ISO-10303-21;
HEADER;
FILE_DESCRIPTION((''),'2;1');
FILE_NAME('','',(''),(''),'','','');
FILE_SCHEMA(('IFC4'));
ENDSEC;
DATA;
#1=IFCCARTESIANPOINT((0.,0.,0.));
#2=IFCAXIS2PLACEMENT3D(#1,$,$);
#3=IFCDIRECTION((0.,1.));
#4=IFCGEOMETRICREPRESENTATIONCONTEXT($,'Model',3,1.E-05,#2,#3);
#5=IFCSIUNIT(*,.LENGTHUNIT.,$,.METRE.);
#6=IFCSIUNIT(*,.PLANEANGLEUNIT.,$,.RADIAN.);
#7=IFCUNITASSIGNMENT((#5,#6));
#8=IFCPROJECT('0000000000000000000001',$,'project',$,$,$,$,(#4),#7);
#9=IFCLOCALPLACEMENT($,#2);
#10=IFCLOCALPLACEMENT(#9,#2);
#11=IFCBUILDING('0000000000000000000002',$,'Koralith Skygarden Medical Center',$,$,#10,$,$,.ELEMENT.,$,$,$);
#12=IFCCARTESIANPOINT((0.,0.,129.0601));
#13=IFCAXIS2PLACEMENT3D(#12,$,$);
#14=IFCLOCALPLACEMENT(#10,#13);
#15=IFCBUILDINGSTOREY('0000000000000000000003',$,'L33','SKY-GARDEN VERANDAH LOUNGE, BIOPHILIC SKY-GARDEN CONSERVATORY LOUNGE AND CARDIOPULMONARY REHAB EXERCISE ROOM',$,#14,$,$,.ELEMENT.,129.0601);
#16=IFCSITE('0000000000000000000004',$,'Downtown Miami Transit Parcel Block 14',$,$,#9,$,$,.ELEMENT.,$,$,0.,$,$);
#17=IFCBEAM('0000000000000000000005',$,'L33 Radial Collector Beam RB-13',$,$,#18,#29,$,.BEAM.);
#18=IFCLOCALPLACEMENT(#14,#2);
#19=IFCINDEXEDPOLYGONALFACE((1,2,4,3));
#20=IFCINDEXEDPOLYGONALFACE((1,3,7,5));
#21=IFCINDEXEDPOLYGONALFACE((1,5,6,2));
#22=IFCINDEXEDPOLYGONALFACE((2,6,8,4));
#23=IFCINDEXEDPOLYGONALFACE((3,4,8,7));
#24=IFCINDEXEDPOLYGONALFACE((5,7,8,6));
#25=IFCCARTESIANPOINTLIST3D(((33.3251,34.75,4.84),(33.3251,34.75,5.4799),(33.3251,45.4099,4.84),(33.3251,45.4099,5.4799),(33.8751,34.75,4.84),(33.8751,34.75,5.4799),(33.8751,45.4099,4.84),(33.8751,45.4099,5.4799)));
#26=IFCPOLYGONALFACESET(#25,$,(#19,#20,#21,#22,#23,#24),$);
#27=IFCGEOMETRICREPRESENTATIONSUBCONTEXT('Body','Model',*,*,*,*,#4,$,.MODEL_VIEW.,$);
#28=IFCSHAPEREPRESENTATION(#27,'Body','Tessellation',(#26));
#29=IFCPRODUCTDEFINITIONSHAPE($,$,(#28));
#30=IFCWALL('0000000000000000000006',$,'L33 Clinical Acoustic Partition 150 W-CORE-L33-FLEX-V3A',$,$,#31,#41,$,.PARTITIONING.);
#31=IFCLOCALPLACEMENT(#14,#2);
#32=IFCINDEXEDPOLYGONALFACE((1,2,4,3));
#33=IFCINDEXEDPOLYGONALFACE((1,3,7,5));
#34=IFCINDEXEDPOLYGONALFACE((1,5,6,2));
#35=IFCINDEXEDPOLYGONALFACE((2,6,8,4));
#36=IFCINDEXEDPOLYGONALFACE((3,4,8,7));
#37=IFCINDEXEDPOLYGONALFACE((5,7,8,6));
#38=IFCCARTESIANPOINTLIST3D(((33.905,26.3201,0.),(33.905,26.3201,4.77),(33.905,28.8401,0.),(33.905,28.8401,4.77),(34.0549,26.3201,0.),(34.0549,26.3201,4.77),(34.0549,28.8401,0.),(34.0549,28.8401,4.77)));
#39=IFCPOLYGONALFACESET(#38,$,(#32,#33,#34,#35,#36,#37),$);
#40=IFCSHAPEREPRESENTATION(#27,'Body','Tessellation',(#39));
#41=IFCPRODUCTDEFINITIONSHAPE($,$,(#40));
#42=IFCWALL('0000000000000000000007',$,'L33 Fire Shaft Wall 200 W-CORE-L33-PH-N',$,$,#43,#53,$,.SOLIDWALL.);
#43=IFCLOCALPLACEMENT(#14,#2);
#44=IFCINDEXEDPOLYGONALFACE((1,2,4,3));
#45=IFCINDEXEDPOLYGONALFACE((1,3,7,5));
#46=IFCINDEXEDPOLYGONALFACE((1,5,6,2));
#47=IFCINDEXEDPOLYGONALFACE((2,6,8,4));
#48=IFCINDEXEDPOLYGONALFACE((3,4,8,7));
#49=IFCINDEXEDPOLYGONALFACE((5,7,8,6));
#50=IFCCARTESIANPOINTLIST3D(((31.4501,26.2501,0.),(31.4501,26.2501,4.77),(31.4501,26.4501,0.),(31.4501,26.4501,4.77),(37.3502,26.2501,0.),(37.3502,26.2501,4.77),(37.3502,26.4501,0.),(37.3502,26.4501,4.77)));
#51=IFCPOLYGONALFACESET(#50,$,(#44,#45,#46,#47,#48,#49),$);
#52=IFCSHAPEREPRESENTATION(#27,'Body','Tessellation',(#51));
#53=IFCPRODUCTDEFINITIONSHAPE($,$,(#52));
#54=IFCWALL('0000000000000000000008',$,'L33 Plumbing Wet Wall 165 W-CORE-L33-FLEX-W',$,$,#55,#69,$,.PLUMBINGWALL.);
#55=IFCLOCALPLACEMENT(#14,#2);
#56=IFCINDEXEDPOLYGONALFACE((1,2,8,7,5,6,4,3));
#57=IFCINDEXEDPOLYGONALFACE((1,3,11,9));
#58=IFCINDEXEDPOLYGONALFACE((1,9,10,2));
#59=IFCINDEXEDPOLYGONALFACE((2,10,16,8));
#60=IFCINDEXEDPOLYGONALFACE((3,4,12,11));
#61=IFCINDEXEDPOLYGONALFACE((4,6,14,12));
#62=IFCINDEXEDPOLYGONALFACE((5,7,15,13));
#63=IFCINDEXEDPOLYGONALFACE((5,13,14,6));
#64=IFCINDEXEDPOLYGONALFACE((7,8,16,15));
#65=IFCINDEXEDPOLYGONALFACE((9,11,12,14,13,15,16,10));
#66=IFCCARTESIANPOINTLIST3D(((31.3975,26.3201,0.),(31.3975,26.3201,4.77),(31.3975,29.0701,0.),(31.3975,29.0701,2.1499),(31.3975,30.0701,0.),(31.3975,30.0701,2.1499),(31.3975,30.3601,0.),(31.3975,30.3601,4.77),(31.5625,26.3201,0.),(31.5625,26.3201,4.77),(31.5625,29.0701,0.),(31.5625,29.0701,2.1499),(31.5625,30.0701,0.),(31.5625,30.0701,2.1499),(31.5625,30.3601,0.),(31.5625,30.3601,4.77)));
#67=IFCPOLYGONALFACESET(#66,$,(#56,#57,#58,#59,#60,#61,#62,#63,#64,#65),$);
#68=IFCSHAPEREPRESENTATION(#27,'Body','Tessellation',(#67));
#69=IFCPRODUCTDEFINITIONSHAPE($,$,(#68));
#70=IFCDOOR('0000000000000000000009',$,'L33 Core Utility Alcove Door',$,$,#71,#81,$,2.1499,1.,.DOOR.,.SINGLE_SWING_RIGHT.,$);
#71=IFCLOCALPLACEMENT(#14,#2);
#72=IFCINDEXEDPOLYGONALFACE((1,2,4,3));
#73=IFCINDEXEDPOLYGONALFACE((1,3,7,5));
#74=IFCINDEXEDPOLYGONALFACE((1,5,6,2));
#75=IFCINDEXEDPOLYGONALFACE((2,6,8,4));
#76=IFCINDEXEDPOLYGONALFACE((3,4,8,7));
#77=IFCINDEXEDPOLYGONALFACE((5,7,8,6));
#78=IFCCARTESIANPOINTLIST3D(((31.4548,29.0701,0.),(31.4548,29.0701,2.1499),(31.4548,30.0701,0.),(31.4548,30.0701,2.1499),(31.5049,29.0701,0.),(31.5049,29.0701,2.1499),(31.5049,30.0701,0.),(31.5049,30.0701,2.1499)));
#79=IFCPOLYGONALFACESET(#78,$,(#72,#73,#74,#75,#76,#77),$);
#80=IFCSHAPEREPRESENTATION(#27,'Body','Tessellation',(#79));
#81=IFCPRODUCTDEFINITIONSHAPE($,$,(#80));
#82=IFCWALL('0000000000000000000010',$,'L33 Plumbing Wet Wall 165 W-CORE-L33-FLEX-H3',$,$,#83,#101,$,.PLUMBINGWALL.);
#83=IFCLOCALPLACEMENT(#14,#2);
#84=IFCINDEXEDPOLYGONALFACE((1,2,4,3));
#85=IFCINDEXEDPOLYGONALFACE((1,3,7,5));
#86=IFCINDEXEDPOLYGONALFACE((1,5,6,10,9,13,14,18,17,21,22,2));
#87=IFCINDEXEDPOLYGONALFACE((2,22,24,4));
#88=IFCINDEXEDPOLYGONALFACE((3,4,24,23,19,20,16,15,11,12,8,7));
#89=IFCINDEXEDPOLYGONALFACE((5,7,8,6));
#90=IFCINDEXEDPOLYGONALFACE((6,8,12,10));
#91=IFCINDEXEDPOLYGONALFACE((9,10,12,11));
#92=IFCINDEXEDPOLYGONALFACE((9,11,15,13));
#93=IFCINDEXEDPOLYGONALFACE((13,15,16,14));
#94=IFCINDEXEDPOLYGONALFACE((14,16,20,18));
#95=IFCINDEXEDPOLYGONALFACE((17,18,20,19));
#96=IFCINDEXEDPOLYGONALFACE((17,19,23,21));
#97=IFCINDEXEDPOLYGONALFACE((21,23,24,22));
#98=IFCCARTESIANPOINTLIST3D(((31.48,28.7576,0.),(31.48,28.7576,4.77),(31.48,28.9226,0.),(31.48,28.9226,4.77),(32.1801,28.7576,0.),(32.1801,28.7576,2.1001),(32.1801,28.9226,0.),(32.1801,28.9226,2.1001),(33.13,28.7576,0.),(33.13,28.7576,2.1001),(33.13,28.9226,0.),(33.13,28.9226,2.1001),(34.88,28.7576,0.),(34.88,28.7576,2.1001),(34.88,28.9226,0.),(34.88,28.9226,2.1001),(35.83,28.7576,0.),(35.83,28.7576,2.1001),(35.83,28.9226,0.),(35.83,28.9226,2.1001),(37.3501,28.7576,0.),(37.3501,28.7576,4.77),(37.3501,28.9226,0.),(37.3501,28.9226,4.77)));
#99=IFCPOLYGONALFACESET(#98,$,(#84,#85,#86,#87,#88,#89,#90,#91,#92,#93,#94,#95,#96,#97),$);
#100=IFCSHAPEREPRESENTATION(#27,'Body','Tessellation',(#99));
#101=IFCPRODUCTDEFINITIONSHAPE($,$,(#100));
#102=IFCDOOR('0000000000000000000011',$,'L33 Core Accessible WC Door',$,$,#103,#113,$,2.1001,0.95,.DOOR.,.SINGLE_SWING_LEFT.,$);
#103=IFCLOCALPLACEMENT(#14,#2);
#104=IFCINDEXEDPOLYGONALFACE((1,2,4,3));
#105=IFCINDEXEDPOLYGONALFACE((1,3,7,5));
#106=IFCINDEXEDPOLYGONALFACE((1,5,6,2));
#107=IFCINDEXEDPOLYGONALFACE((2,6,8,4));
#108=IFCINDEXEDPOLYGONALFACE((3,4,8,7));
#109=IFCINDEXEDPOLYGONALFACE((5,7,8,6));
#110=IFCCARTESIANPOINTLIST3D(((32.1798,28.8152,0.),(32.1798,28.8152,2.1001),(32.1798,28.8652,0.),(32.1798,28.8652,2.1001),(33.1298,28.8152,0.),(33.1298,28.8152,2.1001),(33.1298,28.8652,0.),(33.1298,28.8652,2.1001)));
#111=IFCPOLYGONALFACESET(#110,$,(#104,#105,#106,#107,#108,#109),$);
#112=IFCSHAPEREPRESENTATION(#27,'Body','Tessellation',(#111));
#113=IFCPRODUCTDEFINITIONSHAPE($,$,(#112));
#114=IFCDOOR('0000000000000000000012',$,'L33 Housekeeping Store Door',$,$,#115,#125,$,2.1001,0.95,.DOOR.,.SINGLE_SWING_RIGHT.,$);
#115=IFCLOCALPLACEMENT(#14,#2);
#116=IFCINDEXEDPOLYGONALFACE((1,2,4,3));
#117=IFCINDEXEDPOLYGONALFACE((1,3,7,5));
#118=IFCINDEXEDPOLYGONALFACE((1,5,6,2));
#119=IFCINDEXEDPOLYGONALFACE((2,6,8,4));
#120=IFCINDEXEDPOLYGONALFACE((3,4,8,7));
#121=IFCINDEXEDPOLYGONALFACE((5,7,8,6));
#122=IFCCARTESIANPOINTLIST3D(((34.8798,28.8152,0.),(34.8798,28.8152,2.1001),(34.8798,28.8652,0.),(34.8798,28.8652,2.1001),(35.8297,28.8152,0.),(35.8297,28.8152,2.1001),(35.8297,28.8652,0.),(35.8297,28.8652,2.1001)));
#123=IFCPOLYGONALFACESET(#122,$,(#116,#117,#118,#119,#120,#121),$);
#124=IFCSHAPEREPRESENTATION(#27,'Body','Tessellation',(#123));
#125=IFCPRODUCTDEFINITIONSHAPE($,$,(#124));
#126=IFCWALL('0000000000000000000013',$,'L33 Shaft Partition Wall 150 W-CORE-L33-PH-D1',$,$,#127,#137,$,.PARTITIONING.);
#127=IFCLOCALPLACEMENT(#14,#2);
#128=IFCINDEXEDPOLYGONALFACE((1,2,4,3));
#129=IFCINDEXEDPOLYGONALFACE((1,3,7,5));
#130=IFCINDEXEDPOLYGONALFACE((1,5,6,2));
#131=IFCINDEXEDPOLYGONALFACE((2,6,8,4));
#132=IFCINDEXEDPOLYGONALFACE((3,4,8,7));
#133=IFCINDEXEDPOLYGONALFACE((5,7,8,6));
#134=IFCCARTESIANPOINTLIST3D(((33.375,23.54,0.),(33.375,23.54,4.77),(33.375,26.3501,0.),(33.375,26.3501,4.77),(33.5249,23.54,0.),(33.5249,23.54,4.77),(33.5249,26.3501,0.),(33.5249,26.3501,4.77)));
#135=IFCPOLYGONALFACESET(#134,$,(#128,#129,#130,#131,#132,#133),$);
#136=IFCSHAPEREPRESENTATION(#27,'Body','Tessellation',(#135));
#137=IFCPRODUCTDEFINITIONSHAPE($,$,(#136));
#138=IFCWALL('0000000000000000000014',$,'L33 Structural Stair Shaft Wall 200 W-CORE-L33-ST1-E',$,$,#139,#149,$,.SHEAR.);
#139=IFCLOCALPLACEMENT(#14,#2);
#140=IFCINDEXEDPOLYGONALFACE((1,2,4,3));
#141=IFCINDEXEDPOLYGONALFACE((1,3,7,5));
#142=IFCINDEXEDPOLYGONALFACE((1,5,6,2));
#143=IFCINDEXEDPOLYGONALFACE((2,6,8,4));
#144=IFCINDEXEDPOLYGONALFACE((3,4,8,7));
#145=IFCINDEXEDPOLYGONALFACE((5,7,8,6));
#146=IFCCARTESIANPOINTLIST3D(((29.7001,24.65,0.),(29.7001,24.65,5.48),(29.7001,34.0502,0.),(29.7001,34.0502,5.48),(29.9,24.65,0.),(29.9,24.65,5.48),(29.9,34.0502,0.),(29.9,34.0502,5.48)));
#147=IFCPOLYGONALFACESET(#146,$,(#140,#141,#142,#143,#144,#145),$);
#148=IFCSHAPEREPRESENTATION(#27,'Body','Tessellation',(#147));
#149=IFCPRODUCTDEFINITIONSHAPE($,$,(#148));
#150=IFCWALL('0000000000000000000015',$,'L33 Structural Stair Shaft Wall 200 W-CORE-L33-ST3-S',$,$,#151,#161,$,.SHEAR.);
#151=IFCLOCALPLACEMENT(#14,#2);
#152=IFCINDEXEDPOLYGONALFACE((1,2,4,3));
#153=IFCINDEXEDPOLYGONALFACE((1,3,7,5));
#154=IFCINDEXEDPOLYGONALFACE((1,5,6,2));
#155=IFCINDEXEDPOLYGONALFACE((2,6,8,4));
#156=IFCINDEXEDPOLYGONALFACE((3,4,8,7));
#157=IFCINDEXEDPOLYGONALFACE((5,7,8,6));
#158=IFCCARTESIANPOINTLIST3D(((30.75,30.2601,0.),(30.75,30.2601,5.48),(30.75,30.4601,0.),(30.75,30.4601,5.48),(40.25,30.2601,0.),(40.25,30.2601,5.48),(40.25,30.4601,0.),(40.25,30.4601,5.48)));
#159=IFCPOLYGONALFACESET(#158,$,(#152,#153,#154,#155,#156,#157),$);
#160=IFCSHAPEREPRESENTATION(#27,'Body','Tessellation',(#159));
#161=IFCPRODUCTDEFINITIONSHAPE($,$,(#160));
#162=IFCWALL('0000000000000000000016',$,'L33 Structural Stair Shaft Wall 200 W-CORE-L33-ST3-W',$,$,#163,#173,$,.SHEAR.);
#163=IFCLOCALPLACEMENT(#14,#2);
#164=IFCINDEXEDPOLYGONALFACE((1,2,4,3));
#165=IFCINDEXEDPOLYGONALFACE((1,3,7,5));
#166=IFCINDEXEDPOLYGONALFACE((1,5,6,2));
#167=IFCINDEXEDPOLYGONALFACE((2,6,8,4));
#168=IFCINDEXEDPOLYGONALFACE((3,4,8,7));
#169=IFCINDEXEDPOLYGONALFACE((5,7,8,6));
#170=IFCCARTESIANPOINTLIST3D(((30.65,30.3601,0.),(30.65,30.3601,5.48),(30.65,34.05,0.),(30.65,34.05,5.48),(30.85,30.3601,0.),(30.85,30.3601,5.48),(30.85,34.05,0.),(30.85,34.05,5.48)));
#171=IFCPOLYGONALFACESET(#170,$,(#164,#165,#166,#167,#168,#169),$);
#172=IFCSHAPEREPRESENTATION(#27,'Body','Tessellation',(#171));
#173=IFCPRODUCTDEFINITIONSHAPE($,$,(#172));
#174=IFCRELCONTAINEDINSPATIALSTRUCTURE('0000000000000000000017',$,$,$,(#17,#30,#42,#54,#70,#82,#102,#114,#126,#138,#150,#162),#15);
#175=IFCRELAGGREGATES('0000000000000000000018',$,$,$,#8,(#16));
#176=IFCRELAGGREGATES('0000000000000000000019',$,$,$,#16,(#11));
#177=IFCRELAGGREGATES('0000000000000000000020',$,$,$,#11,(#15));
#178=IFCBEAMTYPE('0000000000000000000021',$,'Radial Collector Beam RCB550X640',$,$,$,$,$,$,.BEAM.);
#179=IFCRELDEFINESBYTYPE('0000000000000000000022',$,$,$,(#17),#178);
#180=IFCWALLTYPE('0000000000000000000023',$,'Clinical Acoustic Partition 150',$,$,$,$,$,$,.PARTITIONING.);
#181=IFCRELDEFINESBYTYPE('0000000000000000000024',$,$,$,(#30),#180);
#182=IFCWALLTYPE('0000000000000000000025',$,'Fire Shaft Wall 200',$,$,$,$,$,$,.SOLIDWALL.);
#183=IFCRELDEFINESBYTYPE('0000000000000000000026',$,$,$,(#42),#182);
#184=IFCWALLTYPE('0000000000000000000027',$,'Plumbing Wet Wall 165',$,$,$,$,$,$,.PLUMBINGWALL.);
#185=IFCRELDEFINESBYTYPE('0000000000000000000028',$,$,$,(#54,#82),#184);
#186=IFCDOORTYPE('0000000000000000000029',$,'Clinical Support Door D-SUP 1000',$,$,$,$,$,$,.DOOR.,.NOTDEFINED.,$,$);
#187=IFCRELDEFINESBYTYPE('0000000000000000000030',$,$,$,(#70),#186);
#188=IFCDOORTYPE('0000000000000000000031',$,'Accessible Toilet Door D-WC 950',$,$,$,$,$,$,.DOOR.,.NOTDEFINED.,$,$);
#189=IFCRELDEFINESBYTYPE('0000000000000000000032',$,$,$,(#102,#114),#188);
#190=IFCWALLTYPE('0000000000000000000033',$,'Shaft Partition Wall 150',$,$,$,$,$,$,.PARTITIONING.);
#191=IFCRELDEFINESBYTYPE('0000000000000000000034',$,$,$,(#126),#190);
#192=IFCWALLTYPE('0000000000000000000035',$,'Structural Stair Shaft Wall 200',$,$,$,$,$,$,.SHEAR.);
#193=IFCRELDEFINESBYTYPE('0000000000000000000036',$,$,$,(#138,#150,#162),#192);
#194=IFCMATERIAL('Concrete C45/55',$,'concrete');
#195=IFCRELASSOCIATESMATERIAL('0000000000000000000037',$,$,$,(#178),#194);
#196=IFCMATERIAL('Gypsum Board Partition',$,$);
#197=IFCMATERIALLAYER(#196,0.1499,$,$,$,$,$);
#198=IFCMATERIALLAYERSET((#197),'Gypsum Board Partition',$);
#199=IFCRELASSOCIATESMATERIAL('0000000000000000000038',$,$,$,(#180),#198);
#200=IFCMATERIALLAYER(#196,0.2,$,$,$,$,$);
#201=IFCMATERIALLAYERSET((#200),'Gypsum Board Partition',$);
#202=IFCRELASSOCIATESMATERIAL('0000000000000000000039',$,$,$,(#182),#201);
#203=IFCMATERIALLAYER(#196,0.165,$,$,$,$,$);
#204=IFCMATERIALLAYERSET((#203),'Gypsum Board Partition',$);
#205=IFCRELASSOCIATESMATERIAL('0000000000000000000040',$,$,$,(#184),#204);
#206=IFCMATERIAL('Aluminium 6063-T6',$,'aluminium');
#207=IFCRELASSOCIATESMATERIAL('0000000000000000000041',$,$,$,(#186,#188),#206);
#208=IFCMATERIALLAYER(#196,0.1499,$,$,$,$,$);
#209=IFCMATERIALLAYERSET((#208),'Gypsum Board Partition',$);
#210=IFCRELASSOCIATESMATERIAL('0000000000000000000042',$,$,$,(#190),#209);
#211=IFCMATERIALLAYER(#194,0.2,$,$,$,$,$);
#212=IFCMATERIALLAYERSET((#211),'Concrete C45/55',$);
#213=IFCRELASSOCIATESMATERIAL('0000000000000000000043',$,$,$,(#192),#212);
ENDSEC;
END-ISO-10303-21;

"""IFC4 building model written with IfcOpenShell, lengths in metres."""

from ifc_helpers import new_model, si_unit, direction, frame, frame_2d, origin, origin_2d, place, context, subcontext, project, spatial, rectangle, extrude, material, layer, layer_set, material_profile, profile_set, type_object, element, fill, save


model = new_model("IFC4")

# Units and contexts
model_context = context("Model", 3, precision=1e-05, world=origin(), true_north=direction((0.0, 1.0)))
body_context = subcontext(model_context, "Body", "Model", "MODEL_VIEW")
ifc_project = project(units=[si_unit("LENGTHUNIT", "METRE"), si_unit("PLANEANGLEUNIT", "RADIAN")], contexts=[model_context])

# Site, building, storey
site_placement = place(None, origin())
site = spatial("IfcSite", under=ifc_project, at=site_placement, Name="Downtown Miami Transit Parcel Block 14", CompositionType="ELEMENT", RefElevation=0.0)
building_placement = place(site_placement, origin())
building = spatial("IfcBuilding", under=site, at=building_placement, Name="Koralith Skygarden Medical Center", CompositionType="ELEMENT")
storey_placement = place(building_placement, frame((0.0, 0.0, 129.0601)))
storey = spatial("IfcBuildingStorey", under=building, at=storey_placement, Name="L33", Description="SKY-GARDEN VERANDAH LOUNGE, BIOPHILIC SKY-GARDEN CONSERVATORY LOUNGE AND CARDIOPULMONARY REHAB EXERCISE ROOM", CompositionType="ELEMENT", Elevation=129.0601)

# Beam
ifc_material_1 = material(Name="Concrete C45/55", Category="concrete")
ifc_material_profile = material_profile(ifc_material_1, rectangle(XDim=0.55, YDim=0.6399, at=origin_2d()), Name="RCB550X640")
ifc_profile_set = profile_set([ifc_material_profile], Name="Concrete C45/55")
beam_type = type_object("IfcBeamType", Name="Radial Collector Beam RCB550X640", PredefinedType="BEAM", material=ifc_profile_set)
beam_placement = place(storey_placement, frame((33.6001, 34.75, 5.1599), z_axis=(0.0, 1.0, 0.0), x_axis=(-1.0, 0.0, 0.0)))
element("IfcBeam", 1, at=beam_placement, inside=storey, type_object=beam_type, Name="L33 Radial Collector Beam RB-13", PredefinedType="BEAM", context=body_context, shape_type="SweptSolid", body=[
    extrude(rectangle(XDim=0.55, YDim=0.6399, at=origin_2d()), origin(), (0.0, 0.0, 1.0), 10.6599),
])

# Walls
ifc_material_2 = material(Name="Gypsum Board Partition")
ifc_layer_1 = layer(ifc_material_2, 0.1499)
ifc_layer_set_1 = layer_set([ifc_layer_1], Name="Gypsum Board Partition")
wall_type_1 = type_object("IfcWallType", Name="Clinical Acoustic Partition 150", PredefinedType="PARTITIONING", material=ifc_layer_set_1)
wall_1_placement = place(storey_placement, frame((33.98, 26.3201, 0.0), z_axis=(0.0, 0.0, 1.0), x_axis=(0.0, 1.0, 0.0)))
element("IfcWall", 2, at=wall_1_placement, inside=storey, type_object=wall_type_1, Name="L33 Clinical Acoustic Partition 150 W-CORE-L33-FLEX-V3A", PredefinedType="PARTITIONING", context=body_context, shape_type="SweptSolid", body=[
    extrude(rectangle(XDim=2.52, YDim=0.1499, at=frame_2d((1.26, 0.0))), origin(), (0.0, 0.0, 1.0), 4.77),
])
ifc_layer_2 = layer(ifc_material_2, 0.2)
ifc_layer_set_2 = layer_set([ifc_layer_2], Name="Gypsum Board Partition")
wall_type_2 = type_object("IfcWallType", Name="Fire Shaft Wall 200", PredefinedType="SOLIDWALL", material=ifc_layer_set_2)
wall_2_placement = place(storey_placement, frame((31.45, 26.3501, 0.0), z_axis=(0.0, 0.0, 1.0), x_axis=(1.0, 0.0, 0.0)))
element("IfcWall", 3, at=wall_2_placement, inside=storey, type_object=wall_type_2, Name="L33 Fire Shaft Wall 200 W-CORE-L33-PH-N", PredefinedType="SOLIDWALL", context=body_context, shape_type="SweptSolid", body=[
    extrude(rectangle(XDim=5.9001, YDim=0.2, at=frame_2d((2.9502, 0.0))), origin(), (0.0, 0.0, 1.0), 4.77),
])

# Wall, opening, door
ifc_layer_3 = layer(ifc_material_2, 0.165)
ifc_layer_set_3 = layer_set([ifc_layer_3], Name="Gypsum Board Partition")
wall_type_3 = type_object("IfcWallType", Name="Plumbing Wet Wall 165", PredefinedType="PLUMBINGWALL", material=ifc_layer_set_3)
wall_3_placement = place(storey_placement, frame((31.48, 26.3201, 0.0), z_axis=(0.0, 0.0, 1.0), x_axis=(0.0, 1.0, 0.0)))
wall_3 = element("IfcWall", 4, at=wall_3_placement, inside=storey, type_object=wall_type_3, Name="L33 Plumbing Wet Wall 165 W-CORE-L33-FLEX-W", PredefinedType="PLUMBINGWALL", context=body_context, shape_type="SweptSolid", body=[
    extrude(rectangle(XDim=4.04, YDim=0.165, at=frame_2d((2.02, 0.0))), origin(), (0.0, 0.0, 1.0), 4.77),
])
opening_1_placement = place(wall_3_placement, frame((2.75, 0.0, 0.0)))
opening_1 = element("IfcOpeningElement", 5, at=opening_1_placement, cuts=wall_3, PredefinedType="OPENING", context=body_context, shape_type="SweptSolid", body=[
    extrude(rectangle(XDim=1.0, YDim=2.1499, at=frame_2d((0.5, 1.075))), frame((0.0, 0.0925, 0.0), z_axis=(0.0, -1.0, 0.0), x_axis=(1.0, 0.0, 0.0)), (0.0, 0.0, 1.0), 0.1851),
])
ifc_material_3 = material(Name="Aluminium 6063-T6", Category="aluminium")
door_type_1 = type_object("IfcDoorType", Name="Clinical Support Door D-SUP 1000", OperationType="NOTDEFINED", PredefinedType="DOOR", material=ifc_material_3)
door_1_placement = place(opening_1_placement, frame((1.0, 0.0, 0.0), z_axis=(0.0, 0.0, 1.0), x_axis=(-1.0, 0.0, 0.0)))
door_1 = element("IfcDoor", 6, at=door_1_placement, inside=storey, type_object=door_type_1, Name="L33 Core Utility Alcove Door", OperationType="SINGLE_SWING_RIGHT", OverallHeight=2.1499, OverallWidth=1.0, PredefinedType="DOOR", context=body_context, shape_type="SweptSolid", body=[
    extrude(rectangle(XDim=1.0, YDim=2.1499, at=frame_2d((0.5, 1.075))), frame((0.0, 0.0249, 0.0), z_axis=(0.0, -1.0, 0.0), x_axis=(1.0, 0.0, 0.0)), (0.0, 0.0, 1.0), 0.05),
])
fill(opening_1, door_1)

# Wall, openings, doors
wall_4_placement = place(storey_placement, frame((31.48, 28.8401, 0.0), z_axis=(0.0, 0.0, 1.0), x_axis=(1.0, 0.0, 0.0)))
wall_4 = element("IfcWall", 7, at=wall_4_placement, inside=storey, type_object=wall_type_3, Name="L33 Plumbing Wet Wall 165 W-CORE-L33-FLEX-H3", PredefinedType="PLUMBINGWALL", context=body_context, shape_type="SweptSolid", body=[
    extrude(rectangle(XDim=5.8701, YDim=0.165, at=frame_2d((2.9351, 0.0))), origin(), (0.0, 0.0, 1.0), 4.77),
])
opening_2_placement = place(wall_4_placement, frame((0.7, 0.0, 0.0)))
opening_2 = element("IfcOpeningElement", 8, at=opening_2_placement, cuts=wall_4, PredefinedType="OPENING", context=body_context, shape_type="SweptSolid", body=[
    extrude(rectangle(XDim=0.95, YDim=2.1001, at=frame_2d((0.4751, 1.05))), frame((0.0, 0.0925, 0.0), z_axis=(0.0, -1.0, 0.0), x_axis=(1.0, 0.0, 0.0)), (0.0, 0.0, 1.0), 0.1851),
])
opening_3_placement = place(wall_4_placement, frame((3.3999, 0.0, 0.0)))
opening_3 = element("IfcOpeningElement", 9, at=opening_3_placement, cuts=wall_4, PredefinedType="OPENING", context=body_context, shape_type="SweptSolid", body=[
    extrude(rectangle(XDim=0.95, YDim=2.1001, at=frame_2d((0.4751, 1.05))), frame((0.0, 0.0925, 0.0), z_axis=(0.0, -1.0, 0.0), x_axis=(1.0, 0.0, 0.0)), (0.0, 0.0, 1.0), 0.1851),
])
door_type_2 = type_object("IfcDoorType", Name="Accessible Toilet Door D-WC 950", OperationType="NOTDEFINED", PredefinedType="DOOR", material=ifc_material_3)
door_2_placement = place(opening_2_placement, frame((0.95, 0.0, 0.0), z_axis=(0.0, 0.0, 1.0), x_axis=(-1.0, 0.0, 0.0)))
door_2 = element("IfcDoor", 10, at=door_2_placement, inside=storey, type_object=door_type_2, Name="L33 Core Accessible WC Door", OperationType="SINGLE_SWING_LEFT", OverallHeight=2.1001, OverallWidth=0.95, PredefinedType="DOOR", context=body_context, shape_type="SweptSolid", body=[
    extrude(rectangle(XDim=0.95, YDim=2.1001, at=frame_2d((0.4751, 1.05))), frame((0.0, 0.0249, 0.0), z_axis=(0.0, -1.0, 0.0), x_axis=(1.0, 0.0, 0.0)), (0.0, 0.0, 1.0), 0.05),
])
fill(opening_2, door_2)
door_3_placement = place(opening_3_placement, frame((0.95, 0.0, 0.0), z_axis=(0.0, 0.0, 1.0), x_axis=(-1.0, 0.0, 0.0)))
door_3 = element("IfcDoor", 11, at=door_3_placement, inside=storey, type_object=door_type_2, Name="L33 Housekeeping Store Door", OperationType="SINGLE_SWING_RIGHT", OverallHeight=2.1001, OverallWidth=0.95, PredefinedType="DOOR", context=body_context, shape_type="SweptSolid", body=[
    extrude(rectangle(XDim=0.95, YDim=2.1001, at=frame_2d((0.4751, 1.05))), frame((0.0, 0.0249, 0.0), z_axis=(0.0, -1.0, 0.0), x_axis=(1.0, 0.0, 0.0)), (0.0, 0.0, 1.0), 0.05),
])
fill(opening_3, door_3)

# Walls
ifc_layer_4 = layer(ifc_material_2, 0.1499)
ifc_layer_set_4 = layer_set([ifc_layer_4], Name="Gypsum Board Partition")
wall_type_4 = type_object("IfcWallType", Name="Shaft Partition Wall 150", PredefinedType="PARTITIONING", material=ifc_layer_set_4)
wall_5_placement = place(storey_placement, frame((33.45, 23.54, 0.0), z_axis=(0.0, 0.0, 1.0), x_axis=(0.0, 1.0, 0.0)))
element("IfcWall", 12, at=wall_5_placement, inside=storey, type_object=wall_type_4, Name="L33 Shaft Partition Wall 150 W-CORE-L33-PH-D1", PredefinedType="PARTITIONING", context=body_context, shape_type="SweptSolid", body=[
    extrude(rectangle(XDim=2.8101, YDim=0.1499, at=frame_2d((1.405, 0.0))), origin(), (0.0, 0.0, 1.0), 4.77),
])
ifc_layer_5 = layer(ifc_material_1, 0.2)
ifc_layer_set_5 = layer_set([ifc_layer_5], Name="Concrete C45/55")
wall_type_5 = type_object("IfcWallType", Name="Structural Stair Shaft Wall 200", PredefinedType="SHEAR", material=ifc_layer_set_5)
wall_6_placement = place(storey_placement, frame((29.8, 24.6499, 0.0), z_axis=(0.0, 0.0, 1.0), x_axis=(0.0, 1.0, 0.0)))
element("IfcWall", 13, at=wall_6_placement, inside=storey, type_object=wall_type_5, Name="L33 Structural Stair Shaft Wall 200 W-CORE-L33-ST1-E", PredefinedType="SHEAR", context=body_context, shape_type="SweptSolid", body=[
    extrude(rectangle(XDim=9.4001, YDim=0.2, at=frame_2d((4.7002, 0.0))), origin(), (0.0, 0.0, 1.0), 5.48),
])
wall_7_placement = place(storey_placement, frame((30.75, 30.3601, 0.0), z_axis=(0.0, 0.0, 1.0), x_axis=(1.0, 0.0, 0.0)))
element("IfcWall", 14, at=wall_7_placement, inside=storey, type_object=wall_type_5, Name="L33 Structural Stair Shaft Wall 200 W-CORE-L33-ST3-S", PredefinedType="SHEAR", context=body_context, shape_type="SweptSolid", body=[
    extrude(rectangle(XDim=9.5, YDim=0.2, at=frame_2d((4.75, 0.0))), origin(), (0.0, 0.0, 1.0), 5.48),
])
wall_8_placement = place(storey_placement, frame((30.75, 30.3601, 0.0), z_axis=(0.0, 0.0, 1.0), x_axis=(0.0, 1.0, 0.0)))
element("IfcWall", 15, at=wall_8_placement, inside=storey, type_object=wall_type_5, Name="L33 Structural Stair Shaft Wall 200 W-CORE-L33-ST3-W", PredefinedType="SHEAR", context=body_context, shape_type="SweptSolid", body=[
    extrude(rectangle(XDim=3.6899, YDim=0.2, at=frame_2d((1.845, 0.0))), origin(), (0.0, 0.0, 1.0), 5.48),
])

save(model, "model.ifc")
